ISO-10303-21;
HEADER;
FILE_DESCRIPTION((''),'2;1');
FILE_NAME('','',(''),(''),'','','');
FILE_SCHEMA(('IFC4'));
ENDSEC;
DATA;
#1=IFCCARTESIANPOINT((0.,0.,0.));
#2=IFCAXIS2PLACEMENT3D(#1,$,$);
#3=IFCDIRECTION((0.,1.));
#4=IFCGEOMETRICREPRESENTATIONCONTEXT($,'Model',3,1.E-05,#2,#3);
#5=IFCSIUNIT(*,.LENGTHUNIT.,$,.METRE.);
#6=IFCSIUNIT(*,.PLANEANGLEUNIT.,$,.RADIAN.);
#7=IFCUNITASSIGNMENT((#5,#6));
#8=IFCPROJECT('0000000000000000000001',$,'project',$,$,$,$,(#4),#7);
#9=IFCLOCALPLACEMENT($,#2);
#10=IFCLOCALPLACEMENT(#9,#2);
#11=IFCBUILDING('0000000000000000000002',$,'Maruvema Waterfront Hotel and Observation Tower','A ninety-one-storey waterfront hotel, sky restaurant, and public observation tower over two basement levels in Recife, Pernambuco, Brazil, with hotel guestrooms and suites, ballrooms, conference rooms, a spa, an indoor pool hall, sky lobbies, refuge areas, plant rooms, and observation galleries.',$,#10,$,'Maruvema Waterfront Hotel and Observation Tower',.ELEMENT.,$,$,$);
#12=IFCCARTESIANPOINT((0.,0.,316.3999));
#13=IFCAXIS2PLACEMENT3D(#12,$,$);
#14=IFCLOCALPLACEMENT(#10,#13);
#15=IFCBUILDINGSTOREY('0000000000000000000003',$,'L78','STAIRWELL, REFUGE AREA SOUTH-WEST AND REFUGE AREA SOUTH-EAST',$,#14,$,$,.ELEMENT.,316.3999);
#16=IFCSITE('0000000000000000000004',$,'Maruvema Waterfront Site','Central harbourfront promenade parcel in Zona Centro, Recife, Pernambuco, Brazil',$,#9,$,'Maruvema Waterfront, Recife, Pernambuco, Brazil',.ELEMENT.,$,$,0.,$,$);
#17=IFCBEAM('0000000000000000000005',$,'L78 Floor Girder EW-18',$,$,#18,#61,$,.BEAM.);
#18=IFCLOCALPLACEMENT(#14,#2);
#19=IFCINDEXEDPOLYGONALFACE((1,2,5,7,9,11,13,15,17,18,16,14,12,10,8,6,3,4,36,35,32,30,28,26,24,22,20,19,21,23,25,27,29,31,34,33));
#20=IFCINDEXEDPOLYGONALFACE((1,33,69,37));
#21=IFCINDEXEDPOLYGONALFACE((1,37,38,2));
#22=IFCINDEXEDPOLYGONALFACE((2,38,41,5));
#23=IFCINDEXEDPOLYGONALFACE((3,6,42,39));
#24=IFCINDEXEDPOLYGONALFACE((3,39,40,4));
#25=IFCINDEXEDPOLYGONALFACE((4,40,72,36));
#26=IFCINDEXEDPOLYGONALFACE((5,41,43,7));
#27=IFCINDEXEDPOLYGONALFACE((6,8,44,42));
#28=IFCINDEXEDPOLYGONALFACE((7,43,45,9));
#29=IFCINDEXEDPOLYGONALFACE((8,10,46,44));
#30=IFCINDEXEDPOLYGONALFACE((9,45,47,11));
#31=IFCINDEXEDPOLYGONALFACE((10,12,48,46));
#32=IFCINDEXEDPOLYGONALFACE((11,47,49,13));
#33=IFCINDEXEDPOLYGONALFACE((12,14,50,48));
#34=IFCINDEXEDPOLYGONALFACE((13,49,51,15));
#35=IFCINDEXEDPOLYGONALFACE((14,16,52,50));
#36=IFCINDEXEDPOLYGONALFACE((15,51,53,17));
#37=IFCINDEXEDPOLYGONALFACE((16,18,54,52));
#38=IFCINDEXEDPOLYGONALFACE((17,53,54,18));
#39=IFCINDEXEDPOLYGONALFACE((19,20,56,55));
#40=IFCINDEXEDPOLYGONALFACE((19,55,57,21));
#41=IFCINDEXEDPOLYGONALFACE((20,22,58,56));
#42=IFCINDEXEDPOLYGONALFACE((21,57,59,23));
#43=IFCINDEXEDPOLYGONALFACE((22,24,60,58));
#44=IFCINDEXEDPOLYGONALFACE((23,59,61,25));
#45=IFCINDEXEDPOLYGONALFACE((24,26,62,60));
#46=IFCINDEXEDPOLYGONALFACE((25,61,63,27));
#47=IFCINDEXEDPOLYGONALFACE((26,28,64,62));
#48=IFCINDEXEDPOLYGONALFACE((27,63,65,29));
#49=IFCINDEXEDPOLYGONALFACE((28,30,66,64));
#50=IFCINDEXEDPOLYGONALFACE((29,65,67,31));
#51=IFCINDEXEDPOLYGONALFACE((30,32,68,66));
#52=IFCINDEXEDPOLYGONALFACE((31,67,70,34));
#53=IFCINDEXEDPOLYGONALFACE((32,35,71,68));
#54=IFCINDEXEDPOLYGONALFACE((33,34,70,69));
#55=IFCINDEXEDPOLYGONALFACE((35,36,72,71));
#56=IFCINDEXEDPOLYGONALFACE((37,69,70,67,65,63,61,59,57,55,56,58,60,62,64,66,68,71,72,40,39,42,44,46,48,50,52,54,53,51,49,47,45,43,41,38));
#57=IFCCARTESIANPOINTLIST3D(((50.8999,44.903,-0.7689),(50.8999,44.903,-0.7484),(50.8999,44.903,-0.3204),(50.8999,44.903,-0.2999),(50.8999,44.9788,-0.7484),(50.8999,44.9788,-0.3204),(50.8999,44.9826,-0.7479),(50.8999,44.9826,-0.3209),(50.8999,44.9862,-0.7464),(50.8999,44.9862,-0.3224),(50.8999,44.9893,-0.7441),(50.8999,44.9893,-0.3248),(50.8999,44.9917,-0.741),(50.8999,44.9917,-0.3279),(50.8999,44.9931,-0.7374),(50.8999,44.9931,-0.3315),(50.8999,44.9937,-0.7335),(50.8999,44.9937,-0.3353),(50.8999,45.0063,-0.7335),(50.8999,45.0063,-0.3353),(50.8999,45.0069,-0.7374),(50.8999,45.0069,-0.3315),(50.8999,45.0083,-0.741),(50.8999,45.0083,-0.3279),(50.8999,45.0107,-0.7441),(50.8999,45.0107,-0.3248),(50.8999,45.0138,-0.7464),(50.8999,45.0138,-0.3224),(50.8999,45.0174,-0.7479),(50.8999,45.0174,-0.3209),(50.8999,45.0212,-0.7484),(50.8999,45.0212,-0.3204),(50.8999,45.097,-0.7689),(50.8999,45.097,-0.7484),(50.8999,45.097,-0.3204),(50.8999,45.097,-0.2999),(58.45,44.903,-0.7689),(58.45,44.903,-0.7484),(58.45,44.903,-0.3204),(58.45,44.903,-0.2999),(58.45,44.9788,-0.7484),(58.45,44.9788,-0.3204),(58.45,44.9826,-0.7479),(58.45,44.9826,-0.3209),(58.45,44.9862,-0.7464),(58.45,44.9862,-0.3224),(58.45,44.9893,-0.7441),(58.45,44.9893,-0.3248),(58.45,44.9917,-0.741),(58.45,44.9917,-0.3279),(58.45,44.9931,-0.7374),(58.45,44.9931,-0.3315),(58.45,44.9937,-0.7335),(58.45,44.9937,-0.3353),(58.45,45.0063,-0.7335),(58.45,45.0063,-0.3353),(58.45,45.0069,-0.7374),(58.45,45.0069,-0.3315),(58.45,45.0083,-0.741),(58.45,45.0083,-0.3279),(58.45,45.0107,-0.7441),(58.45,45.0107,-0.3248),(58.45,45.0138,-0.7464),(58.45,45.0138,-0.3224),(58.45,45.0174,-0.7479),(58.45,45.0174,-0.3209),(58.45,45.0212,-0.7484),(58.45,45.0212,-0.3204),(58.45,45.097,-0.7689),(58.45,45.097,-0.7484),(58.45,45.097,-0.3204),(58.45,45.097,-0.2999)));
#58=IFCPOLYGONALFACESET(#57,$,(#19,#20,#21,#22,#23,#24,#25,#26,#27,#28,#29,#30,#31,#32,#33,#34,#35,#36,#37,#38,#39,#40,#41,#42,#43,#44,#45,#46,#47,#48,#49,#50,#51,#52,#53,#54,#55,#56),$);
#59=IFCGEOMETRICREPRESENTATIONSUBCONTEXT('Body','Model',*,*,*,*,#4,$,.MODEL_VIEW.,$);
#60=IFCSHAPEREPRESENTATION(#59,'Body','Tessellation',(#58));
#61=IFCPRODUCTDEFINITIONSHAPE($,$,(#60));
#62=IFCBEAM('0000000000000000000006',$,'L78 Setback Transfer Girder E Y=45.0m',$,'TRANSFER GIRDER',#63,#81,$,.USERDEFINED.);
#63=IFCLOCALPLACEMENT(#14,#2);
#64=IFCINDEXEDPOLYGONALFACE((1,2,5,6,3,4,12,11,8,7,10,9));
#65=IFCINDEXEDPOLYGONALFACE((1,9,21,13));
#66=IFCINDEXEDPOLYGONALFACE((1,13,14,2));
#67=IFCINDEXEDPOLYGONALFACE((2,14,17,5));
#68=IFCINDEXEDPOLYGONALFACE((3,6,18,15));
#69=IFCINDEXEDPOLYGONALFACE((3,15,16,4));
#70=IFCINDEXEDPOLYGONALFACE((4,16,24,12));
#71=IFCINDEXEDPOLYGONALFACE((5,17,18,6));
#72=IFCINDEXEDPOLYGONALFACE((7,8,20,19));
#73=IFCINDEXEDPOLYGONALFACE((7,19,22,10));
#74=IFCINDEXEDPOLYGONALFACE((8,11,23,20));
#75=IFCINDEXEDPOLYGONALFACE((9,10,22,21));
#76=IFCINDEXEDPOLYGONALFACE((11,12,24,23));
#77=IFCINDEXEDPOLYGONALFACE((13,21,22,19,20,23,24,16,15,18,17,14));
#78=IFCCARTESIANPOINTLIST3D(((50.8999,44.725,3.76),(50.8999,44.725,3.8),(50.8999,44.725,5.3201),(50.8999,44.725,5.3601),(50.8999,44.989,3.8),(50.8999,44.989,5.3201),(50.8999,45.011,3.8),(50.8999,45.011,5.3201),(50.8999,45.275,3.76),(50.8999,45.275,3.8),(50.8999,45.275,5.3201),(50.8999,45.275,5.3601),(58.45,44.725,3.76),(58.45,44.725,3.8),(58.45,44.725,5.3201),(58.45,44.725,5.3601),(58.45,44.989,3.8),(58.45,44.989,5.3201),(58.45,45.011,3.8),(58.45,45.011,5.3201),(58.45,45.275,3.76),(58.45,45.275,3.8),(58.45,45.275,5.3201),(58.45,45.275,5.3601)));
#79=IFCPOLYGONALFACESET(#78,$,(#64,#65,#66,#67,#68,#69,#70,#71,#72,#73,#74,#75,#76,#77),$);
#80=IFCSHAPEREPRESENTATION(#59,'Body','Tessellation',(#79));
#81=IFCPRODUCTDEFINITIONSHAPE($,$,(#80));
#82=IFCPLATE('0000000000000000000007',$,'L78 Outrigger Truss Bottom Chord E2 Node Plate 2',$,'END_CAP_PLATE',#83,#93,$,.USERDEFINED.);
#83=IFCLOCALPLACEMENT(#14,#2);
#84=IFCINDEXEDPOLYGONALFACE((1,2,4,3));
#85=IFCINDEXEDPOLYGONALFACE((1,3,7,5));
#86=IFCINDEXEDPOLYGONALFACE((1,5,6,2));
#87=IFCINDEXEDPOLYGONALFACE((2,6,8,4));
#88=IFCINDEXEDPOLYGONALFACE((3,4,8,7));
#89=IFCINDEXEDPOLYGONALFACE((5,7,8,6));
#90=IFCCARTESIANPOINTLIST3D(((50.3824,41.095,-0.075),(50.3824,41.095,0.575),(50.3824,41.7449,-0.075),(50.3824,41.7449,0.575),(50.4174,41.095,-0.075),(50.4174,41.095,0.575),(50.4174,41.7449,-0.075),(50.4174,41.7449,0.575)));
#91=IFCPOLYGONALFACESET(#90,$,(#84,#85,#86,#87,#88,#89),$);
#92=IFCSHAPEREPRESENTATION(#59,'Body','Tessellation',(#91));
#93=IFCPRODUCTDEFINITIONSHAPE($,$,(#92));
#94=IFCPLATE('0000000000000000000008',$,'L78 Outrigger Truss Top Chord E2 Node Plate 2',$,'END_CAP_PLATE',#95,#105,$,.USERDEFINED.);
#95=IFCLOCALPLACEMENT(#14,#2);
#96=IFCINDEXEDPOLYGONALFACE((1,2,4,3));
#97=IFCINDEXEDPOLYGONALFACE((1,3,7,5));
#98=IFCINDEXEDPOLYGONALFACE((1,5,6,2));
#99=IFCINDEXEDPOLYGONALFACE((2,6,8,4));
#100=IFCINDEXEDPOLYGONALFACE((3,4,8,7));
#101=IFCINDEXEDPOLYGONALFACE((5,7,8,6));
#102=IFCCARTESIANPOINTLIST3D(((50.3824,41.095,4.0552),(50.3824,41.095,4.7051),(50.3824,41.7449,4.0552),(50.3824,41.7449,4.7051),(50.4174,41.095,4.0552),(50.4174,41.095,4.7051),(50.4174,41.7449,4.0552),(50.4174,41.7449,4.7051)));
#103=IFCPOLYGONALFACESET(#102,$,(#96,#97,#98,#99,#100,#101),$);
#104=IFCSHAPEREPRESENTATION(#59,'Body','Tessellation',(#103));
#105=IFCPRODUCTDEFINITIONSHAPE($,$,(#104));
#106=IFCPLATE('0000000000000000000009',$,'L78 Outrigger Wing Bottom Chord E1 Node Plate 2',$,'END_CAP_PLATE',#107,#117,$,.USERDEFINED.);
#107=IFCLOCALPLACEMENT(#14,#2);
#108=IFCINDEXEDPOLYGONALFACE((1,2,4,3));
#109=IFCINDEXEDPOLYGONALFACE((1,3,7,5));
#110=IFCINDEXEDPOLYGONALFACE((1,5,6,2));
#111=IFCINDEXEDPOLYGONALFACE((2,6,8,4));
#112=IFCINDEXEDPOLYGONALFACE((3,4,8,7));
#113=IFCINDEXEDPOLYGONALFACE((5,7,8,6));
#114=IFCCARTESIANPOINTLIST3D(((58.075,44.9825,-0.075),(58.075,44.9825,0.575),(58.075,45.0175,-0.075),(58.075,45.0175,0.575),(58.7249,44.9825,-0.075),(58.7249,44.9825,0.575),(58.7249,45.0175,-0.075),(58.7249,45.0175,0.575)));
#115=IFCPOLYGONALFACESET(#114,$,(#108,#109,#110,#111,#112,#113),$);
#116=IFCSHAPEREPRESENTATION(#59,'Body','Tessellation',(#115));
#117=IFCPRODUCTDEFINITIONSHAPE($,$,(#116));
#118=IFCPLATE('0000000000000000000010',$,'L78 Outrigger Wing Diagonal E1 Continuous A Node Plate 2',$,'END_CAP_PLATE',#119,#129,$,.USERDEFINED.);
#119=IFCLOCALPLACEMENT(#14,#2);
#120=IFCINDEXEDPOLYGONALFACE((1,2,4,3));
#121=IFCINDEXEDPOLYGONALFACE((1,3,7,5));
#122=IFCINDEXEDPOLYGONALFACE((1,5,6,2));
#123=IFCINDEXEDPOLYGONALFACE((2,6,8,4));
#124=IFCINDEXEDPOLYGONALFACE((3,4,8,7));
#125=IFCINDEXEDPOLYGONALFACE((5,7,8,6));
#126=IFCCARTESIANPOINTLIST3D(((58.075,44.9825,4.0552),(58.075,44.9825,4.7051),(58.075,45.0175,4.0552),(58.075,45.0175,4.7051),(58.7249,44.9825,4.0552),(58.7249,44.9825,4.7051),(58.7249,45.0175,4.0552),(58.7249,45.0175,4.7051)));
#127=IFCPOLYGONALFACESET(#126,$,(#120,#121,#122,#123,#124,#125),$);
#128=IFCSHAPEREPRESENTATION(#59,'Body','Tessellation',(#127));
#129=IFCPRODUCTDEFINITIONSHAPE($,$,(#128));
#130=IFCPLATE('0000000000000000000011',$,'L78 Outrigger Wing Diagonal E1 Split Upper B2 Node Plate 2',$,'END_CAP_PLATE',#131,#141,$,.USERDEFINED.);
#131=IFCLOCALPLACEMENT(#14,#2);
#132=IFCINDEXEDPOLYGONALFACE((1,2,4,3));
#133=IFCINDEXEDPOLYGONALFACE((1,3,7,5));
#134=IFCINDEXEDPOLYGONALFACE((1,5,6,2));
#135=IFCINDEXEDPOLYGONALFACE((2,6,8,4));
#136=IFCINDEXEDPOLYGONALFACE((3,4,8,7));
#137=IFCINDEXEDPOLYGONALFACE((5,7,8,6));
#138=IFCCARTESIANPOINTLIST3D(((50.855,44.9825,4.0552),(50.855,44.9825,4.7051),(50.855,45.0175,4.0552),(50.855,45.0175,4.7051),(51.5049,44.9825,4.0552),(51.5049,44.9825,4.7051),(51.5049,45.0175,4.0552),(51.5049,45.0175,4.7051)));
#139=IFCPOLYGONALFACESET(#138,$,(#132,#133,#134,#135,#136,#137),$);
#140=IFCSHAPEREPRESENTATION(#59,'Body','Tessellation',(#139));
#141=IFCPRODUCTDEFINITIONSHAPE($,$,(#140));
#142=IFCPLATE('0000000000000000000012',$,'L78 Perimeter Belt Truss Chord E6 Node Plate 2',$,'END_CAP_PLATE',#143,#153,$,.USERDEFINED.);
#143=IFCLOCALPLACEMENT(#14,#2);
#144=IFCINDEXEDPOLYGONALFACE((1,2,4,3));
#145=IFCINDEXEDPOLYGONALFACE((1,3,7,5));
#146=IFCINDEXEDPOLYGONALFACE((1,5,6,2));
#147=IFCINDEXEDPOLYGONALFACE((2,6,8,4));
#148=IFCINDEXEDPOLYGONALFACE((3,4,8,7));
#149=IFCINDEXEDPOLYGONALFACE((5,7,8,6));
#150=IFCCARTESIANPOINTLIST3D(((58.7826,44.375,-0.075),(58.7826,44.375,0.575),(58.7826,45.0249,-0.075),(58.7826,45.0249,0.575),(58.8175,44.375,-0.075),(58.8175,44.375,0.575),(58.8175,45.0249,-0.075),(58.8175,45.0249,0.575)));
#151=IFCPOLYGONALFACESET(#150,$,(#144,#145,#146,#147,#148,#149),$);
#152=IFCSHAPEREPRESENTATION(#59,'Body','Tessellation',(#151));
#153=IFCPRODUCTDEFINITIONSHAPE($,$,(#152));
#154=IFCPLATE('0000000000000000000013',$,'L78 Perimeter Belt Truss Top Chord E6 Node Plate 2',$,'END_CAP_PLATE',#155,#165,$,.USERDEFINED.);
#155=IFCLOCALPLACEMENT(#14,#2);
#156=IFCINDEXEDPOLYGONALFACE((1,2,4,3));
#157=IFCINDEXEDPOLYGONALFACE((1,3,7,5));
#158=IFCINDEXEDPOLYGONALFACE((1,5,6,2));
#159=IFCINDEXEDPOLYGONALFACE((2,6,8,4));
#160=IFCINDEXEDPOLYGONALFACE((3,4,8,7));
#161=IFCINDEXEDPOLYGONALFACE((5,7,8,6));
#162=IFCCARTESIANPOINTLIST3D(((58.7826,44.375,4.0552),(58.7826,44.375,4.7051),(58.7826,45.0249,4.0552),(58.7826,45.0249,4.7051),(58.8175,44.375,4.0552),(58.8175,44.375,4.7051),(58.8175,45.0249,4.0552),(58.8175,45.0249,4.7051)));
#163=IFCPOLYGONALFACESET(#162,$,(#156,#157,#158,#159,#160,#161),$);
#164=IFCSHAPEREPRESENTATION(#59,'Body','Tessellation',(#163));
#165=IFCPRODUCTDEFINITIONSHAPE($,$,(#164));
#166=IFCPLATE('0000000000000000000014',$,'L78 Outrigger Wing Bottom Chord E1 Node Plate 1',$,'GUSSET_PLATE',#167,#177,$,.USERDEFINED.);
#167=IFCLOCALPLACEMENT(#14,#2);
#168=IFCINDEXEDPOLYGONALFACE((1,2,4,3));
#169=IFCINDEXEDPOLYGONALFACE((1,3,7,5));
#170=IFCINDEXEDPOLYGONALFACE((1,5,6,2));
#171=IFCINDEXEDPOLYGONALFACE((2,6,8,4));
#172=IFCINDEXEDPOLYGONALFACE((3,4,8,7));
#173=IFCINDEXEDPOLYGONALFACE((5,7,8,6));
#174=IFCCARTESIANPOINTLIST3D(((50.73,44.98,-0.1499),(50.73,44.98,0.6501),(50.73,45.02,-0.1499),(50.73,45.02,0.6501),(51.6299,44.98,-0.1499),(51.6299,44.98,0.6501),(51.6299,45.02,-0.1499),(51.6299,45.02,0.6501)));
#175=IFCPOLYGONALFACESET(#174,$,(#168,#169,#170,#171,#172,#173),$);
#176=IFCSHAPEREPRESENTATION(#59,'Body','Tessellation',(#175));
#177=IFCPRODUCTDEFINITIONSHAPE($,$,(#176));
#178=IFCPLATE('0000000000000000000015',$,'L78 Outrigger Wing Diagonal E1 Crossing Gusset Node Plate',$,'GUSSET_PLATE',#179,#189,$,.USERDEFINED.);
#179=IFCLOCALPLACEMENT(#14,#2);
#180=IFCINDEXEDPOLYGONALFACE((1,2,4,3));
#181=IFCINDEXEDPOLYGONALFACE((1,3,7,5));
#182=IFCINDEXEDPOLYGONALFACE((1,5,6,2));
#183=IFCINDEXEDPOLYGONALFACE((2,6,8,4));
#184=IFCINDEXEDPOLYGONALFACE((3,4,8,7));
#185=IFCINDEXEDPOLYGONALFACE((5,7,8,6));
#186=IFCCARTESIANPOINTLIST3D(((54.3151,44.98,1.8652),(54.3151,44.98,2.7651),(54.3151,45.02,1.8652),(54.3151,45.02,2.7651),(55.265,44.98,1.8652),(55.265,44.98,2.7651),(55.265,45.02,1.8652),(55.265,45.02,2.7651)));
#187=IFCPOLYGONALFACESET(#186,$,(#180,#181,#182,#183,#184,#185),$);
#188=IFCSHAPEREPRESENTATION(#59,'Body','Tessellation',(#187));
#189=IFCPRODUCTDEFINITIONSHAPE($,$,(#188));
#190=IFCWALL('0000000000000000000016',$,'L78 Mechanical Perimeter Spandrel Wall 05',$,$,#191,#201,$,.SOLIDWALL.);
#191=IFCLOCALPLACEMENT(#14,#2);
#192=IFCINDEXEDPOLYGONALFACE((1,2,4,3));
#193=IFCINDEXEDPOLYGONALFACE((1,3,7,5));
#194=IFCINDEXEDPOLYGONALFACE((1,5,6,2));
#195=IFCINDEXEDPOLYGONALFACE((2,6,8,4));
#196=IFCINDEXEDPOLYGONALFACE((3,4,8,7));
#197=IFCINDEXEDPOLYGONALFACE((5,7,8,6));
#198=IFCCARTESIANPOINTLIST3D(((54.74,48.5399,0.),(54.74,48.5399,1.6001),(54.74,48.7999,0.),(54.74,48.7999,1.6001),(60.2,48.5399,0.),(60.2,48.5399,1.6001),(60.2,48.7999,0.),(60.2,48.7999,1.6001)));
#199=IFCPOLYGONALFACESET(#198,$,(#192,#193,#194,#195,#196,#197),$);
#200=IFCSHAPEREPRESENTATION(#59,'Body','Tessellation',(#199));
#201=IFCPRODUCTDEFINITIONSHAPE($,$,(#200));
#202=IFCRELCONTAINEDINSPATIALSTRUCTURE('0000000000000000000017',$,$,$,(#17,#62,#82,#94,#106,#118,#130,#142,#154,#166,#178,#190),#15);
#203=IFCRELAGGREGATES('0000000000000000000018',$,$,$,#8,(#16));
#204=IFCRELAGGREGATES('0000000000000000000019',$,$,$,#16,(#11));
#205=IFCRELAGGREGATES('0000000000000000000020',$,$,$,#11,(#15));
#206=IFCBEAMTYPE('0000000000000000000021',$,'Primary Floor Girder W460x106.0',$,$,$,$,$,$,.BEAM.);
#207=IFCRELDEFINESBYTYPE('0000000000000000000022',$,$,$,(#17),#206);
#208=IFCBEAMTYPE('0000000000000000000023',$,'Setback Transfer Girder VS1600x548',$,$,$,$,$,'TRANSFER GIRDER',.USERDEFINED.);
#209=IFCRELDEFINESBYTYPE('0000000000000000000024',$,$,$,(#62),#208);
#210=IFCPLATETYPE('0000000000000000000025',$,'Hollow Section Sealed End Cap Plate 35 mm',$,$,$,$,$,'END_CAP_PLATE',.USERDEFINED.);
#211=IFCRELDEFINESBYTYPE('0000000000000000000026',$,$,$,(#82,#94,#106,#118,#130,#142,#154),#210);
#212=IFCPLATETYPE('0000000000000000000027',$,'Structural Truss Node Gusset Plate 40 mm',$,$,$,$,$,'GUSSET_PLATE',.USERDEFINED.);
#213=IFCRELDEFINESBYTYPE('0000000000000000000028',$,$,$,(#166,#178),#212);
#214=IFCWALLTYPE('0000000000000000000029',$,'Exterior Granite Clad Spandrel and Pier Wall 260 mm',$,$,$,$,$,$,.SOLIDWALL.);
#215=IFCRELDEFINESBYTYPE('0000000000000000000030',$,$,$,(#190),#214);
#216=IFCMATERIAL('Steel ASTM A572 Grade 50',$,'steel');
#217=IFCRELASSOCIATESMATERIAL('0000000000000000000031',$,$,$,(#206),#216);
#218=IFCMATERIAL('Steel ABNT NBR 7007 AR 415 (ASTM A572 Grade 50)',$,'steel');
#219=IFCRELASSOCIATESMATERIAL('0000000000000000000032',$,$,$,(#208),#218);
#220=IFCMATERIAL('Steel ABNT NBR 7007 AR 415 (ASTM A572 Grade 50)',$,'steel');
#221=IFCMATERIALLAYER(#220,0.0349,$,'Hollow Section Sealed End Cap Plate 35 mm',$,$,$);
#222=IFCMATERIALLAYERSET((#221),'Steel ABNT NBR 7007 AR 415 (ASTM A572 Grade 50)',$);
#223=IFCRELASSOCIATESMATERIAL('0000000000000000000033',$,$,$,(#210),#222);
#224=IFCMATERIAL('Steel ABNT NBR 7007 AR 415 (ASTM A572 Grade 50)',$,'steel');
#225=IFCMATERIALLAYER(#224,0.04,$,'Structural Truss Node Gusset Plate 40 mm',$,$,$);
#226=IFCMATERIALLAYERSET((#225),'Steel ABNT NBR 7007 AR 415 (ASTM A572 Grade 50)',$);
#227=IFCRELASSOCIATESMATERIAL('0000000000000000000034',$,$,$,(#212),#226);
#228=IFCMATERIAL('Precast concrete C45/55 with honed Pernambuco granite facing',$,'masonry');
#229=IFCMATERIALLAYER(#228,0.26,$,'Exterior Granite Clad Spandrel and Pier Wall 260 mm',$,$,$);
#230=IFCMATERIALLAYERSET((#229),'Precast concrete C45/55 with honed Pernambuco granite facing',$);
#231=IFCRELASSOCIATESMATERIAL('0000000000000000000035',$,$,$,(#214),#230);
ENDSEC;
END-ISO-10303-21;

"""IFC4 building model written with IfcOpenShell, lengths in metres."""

from ifc_helpers import new_model, si_unit, direction, frame, frame_2d, origin, origin_2d, place, context, subcontext, project, spatial, rectangle, i_section, extrude, material, layer, layer_set, material_profile, profile_set, type_object, element, save


model = new_model("IFC4")

# Units and contexts
model_context = context("Model", 3, precision=1e-05, world=origin(), true_north=direction((0.0, 1.0)))
body_context = subcontext(model_context, "Body", "Model", "MODEL_VIEW")
ifc_project = project(units=[si_unit("LENGTHUNIT", "METRE"), si_unit("PLANEANGLEUNIT", "RADIAN")], contexts=[model_context])

# Site, building, storey
site_placement = place(None, origin())
site = spatial("IfcSite", under=ifc_project, at=site_placement, Name="Maruvema Waterfront Site", Description="Central harbourfront promenade parcel in Zona Centro, Recife, Pernambuco, Brazil", LongName="Maruvema Waterfront, Recife, Pernambuco, Brazil", CompositionType="ELEMENT", RefElevation=0.0)
building_placement = place(site_placement, origin())
building = spatial("IfcBuilding", under=site, at=building_placement, Name="Maruvema Waterfront Hotel and Observation Tower", Description="A ninety-one-storey waterfront hotel, sky restaurant, and public observation tower over two basement levels in Recife, Pernambuco, Brazil, with hotel guestrooms and suites, ballrooms, conference rooms, a spa, an indoor pool hall, sky lobbies, refuge areas, plant rooms, and observation galleries.", LongName="Maruvema Waterfront Hotel and Observation Tower", CompositionType="ELEMENT")
storey_placement = place(building_placement, frame((0.0, 0.0, 316.3999)))
storey = spatial("IfcBuildingStorey", under=building, at=storey_placement, Name="L78", Description="STAIRWELL, REFUGE AREA SOUTH-WEST AND REFUGE AREA SOUTH-EAST", CompositionType="ELEMENT", Elevation=316.3999)

# Beams
ifc_material_1 = material(Name="Steel ASTM A572 Grade 50", Category="steel")
ifc_material_profile_1 = material_profile(ifc_material_1, i_section(OverallWidth=0.1941, OverallDepth=0.469, WebThickness=0.0127, FlangeThickness=0.0205, FilletRadius=0.0149, at=origin_2d()), Name="W460x106.0")
ifc_profile_set_1 = profile_set([ifc_material_profile_1], Name="Steel ASTM A572 Grade 50")
beam_type_1 = type_object("IfcBeamType", Name="Primary Floor Girder W460x106.0", PredefinedType="BEAM", material=ifc_profile_set_1)
beam_1_placement = place(storey_placement, frame((50.8999, 45.0, -0.5344), z_axis=(1.0, 0.0, 0.0), x_axis=(0.0, 1.0, 0.0)))
element("IfcBeam", 1, at=beam_1_placement, inside=storey, type_object=beam_type_1, Name="L78 Floor Girder EW-18", PredefinedType="BEAM", context=body_context, shape_type="SweptSolid", body=[
    extrude(i_section(OverallWidth=0.1941, OverallDepth=0.469, WebThickness=0.0127, FlangeThickness=0.0205, FilletRadius=0.0149, at=origin_2d()), origin(), (0.0, 0.0, 1.0), 7.55),
])
ifc_material_2 = material(Name="Steel ABNT NBR 7007 AR 415 (ASTM A572 Grade 50)", Category="steel")
ifc_material_profile_2 = material_profile(ifc_material_2, i_section(OverallWidth=0.55, OverallDepth=1.6001, WebThickness=0.022, FlangeThickness=0.04, at=origin_2d()), Name="VS1600x548")
ifc_profile_set_2 = profile_set([ifc_material_profile_2], Name="Steel ABNT NBR 7007 AR 415 (ASTM A572 Grade 50)")
beam_type_2 = type_object("IfcBeamType", Name="Setback Transfer Girder VS1600x548", ElementType="TRANSFER GIRDER", PredefinedType="USERDEFINED", material=ifc_profile_set_2)
beam_2_placement = place(storey_placement, frame((50.8999, 45.0, 4.5601), z_axis=(1.0, 0.0, 0.0), x_axis=(0.0, 1.0, 0.0)))
element("IfcBeam", 2, at=beam_2_placement, inside=storey, type_object=beam_type_2, Name="L78 Setback Transfer Girder E Y=45.0m", ObjectType="TRANSFER GIRDER", PredefinedType="USERDEFINED", context=body_context, shape_type="SweptSolid", body=[
    extrude(i_section(OverallWidth=0.55, OverallDepth=1.6001, WebThickness=0.022, FlangeThickness=0.04, at=origin_2d()), origin(), (0.0, 0.0, 1.0), 7.55),
])

# Plates
ifc_material_3 = material(Name="Steel ABNT NBR 7007 AR 415 (ASTM A572 Grade 50)", Category="steel")
ifc_layer_1 = layer(ifc_material_3, 0.0349, Name="Hollow Section Sealed End Cap Plate 35 mm")
ifc_layer_set_1 = layer_set([ifc_layer_1], Name="Steel ABNT NBR 7007 AR 415 (ASTM A572 Grade 50)")
plate_type_1 = type_object("IfcPlateType", Name="Hollow Section Sealed End Cap Plate 35 mm", ElementType="END_CAP_PLATE", PredefinedType="USERDEFINED", material=ifc_layer_set_1)
for number, where, z_axis, x_axis, name in (
    (3, (50.3999, 41.4199, -0.075), (0.0, 0.0, 1.0), (0.0, 1.0, 0.0), "L78 Outrigger Truss Bottom Chord E2 Node Plate 2"),
    (4, (50.3999, 41.4199, 4.0552), (0.0, 0.0, 1.0), (0.0, 1.0, 0.0), "L78 Outrigger Truss Top Chord E2 Node Plate 2"),
    (5, (58.3999, 45.0, -0.075), (0.0, 0.0, 1.0), (1.0, 0.0, 0.0), "L78 Outrigger Wing Bottom Chord E1 Node Plate 2"),
    (6, (58.3999, 45.0, 4.0552), (0.0, 0.0, 1.0), (1.0, 0.0, 0.0), "L78 Outrigger Wing Diagonal E1 Continuous A Node Plate 2"),
    (7, (51.1799, 45.0, 4.0552), (0.0, 0.0, 1.0), (-1.0, 0.0, 0.0), "L78 Outrigger Wing Diagonal E1 Split Upper B2 Node Plate 2"),
    (8, (58.8, 44.7, -0.075), (0.0, 0.0, 1.0), (0.0, 1.0, 0.0), "L78 Perimeter Belt Truss Chord E6 Node Plate 2"),
    (9, (58.8, 44.7, 4.0552), (0.0, 0.0, 1.0), (0.0, 1.0, 0.0), "L78 Perimeter Belt Truss Top Chord E6 Node Plate 2"),
):
    element("IfcPlate", number, at=place(storey_placement, frame(where, z_axis=z_axis, x_axis=x_axis)), inside=storey, type_object=plate_type_1, Name=name, ObjectType="END_CAP_PLATE", PredefinedType="USERDEFINED", context=body_context, shape_type="SweptSolid", body=[
        extrude(rectangle(XDim=0.6499, YDim=0.0349, at=origin_2d()), origin(), (0.0, 0.0, 1.0), 0.6499),
    ])
ifc_material_4 = material(Name="Steel ABNT NBR 7007 AR 415 (ASTM A572 Grade 50)", Category="steel")
ifc_layer_2 = layer(ifc_material_4, 0.04, Name="Structural Truss Node Gusset Plate 40 mm")
ifc_layer_set_2 = layer_set([ifc_layer_2], Name="Steel ABNT NBR 7007 AR 415 (ASTM A572 Grade 50)")
plate_type_2 = type_object("IfcPlateType", Name="Structural Truss Node Gusset Plate 40 mm", ElementType="GUSSET_PLATE", PredefinedType="USERDEFINED", material=ifc_layer_set_2)
plate_1_placement = place(storey_placement, frame((51.1799, 45.0, -0.1499), z_axis=(0.0, 0.0, 1.0), x_axis=(1.0, 0.0, 0.0)))
element("IfcPlate", 10, at=plate_1_placement, inside=storey, type_object=plate_type_2, Name="L78 Outrigger Wing Bottom Chord E1 Node Plate 1", ObjectType="GUSSET_PLATE", PredefinedType="USERDEFINED", context=body_context, shape_type="SweptSolid", body=[
    extrude(rectangle(XDim=0.8999, YDim=0.04, at=origin_2d()), origin(), (0.0, 0.0, 1.0), 0.8),
])
plate_2_placement = place(storey_placement, frame((54.79, 45.0, 1.8652), z_axis=(0.0, 0.0, 1.0), x_axis=(-1.0, 0.0, 0.0)))
element("IfcPlate", 11, at=plate_2_placement, inside=storey, type_object=plate_type_2, Name="L78 Outrigger Wing Diagonal E1 Crossing Gusset Node Plate", ObjectType="GUSSET_PLATE", PredefinedType="USERDEFINED", context=body_context, shape_type="SweptSolid", body=[
    extrude(rectangle(XDim=0.95, YDim=0.04, at=origin_2d()), origin(), (0.0, 0.0, 1.0), 0.8999),
])

# Wall
ifc_material_5 = material(Name="Precast concrete C45/55 with honed Pernambuco granite facing", Category="masonry")
ifc_layer_3 = layer(ifc_material_5, 0.26, Name="Exterior Granite Clad Spandrel and Pier Wall 260 mm")
ifc_layer_set_3 = layer_set([ifc_layer_3], Name="Precast concrete C45/55 with honed Pernambuco granite facing")
wall_type = type_object("IfcWallType", Name="Exterior Granite Clad Spandrel and Pier Wall 260 mm", PredefinedType="SOLIDWALL", material=ifc_layer_set_3)
wall_1_placement = place(storey_placement, frame((60.2, 48.6699, 0.0), z_axis=(0.0, 0.0, 1.0), x_axis=(-1.0, 0.0, 0.0)))
element("IfcWall", 12, at=wall_1_placement, inside=storey, type_object=wall_type, Name="L78 Mechanical Perimeter Spandrel Wall 05", PredefinedType="SOLIDWALL", context=body_context, shape_type="SweptSolid", body=[
    extrude(rectangle(XDim=5.46, YDim=0.26, at=frame_2d((2.73, 0.0))), origin(), (0.0, 0.0, 1.0), 1.6001),
])

save(model, "model.ifc")
